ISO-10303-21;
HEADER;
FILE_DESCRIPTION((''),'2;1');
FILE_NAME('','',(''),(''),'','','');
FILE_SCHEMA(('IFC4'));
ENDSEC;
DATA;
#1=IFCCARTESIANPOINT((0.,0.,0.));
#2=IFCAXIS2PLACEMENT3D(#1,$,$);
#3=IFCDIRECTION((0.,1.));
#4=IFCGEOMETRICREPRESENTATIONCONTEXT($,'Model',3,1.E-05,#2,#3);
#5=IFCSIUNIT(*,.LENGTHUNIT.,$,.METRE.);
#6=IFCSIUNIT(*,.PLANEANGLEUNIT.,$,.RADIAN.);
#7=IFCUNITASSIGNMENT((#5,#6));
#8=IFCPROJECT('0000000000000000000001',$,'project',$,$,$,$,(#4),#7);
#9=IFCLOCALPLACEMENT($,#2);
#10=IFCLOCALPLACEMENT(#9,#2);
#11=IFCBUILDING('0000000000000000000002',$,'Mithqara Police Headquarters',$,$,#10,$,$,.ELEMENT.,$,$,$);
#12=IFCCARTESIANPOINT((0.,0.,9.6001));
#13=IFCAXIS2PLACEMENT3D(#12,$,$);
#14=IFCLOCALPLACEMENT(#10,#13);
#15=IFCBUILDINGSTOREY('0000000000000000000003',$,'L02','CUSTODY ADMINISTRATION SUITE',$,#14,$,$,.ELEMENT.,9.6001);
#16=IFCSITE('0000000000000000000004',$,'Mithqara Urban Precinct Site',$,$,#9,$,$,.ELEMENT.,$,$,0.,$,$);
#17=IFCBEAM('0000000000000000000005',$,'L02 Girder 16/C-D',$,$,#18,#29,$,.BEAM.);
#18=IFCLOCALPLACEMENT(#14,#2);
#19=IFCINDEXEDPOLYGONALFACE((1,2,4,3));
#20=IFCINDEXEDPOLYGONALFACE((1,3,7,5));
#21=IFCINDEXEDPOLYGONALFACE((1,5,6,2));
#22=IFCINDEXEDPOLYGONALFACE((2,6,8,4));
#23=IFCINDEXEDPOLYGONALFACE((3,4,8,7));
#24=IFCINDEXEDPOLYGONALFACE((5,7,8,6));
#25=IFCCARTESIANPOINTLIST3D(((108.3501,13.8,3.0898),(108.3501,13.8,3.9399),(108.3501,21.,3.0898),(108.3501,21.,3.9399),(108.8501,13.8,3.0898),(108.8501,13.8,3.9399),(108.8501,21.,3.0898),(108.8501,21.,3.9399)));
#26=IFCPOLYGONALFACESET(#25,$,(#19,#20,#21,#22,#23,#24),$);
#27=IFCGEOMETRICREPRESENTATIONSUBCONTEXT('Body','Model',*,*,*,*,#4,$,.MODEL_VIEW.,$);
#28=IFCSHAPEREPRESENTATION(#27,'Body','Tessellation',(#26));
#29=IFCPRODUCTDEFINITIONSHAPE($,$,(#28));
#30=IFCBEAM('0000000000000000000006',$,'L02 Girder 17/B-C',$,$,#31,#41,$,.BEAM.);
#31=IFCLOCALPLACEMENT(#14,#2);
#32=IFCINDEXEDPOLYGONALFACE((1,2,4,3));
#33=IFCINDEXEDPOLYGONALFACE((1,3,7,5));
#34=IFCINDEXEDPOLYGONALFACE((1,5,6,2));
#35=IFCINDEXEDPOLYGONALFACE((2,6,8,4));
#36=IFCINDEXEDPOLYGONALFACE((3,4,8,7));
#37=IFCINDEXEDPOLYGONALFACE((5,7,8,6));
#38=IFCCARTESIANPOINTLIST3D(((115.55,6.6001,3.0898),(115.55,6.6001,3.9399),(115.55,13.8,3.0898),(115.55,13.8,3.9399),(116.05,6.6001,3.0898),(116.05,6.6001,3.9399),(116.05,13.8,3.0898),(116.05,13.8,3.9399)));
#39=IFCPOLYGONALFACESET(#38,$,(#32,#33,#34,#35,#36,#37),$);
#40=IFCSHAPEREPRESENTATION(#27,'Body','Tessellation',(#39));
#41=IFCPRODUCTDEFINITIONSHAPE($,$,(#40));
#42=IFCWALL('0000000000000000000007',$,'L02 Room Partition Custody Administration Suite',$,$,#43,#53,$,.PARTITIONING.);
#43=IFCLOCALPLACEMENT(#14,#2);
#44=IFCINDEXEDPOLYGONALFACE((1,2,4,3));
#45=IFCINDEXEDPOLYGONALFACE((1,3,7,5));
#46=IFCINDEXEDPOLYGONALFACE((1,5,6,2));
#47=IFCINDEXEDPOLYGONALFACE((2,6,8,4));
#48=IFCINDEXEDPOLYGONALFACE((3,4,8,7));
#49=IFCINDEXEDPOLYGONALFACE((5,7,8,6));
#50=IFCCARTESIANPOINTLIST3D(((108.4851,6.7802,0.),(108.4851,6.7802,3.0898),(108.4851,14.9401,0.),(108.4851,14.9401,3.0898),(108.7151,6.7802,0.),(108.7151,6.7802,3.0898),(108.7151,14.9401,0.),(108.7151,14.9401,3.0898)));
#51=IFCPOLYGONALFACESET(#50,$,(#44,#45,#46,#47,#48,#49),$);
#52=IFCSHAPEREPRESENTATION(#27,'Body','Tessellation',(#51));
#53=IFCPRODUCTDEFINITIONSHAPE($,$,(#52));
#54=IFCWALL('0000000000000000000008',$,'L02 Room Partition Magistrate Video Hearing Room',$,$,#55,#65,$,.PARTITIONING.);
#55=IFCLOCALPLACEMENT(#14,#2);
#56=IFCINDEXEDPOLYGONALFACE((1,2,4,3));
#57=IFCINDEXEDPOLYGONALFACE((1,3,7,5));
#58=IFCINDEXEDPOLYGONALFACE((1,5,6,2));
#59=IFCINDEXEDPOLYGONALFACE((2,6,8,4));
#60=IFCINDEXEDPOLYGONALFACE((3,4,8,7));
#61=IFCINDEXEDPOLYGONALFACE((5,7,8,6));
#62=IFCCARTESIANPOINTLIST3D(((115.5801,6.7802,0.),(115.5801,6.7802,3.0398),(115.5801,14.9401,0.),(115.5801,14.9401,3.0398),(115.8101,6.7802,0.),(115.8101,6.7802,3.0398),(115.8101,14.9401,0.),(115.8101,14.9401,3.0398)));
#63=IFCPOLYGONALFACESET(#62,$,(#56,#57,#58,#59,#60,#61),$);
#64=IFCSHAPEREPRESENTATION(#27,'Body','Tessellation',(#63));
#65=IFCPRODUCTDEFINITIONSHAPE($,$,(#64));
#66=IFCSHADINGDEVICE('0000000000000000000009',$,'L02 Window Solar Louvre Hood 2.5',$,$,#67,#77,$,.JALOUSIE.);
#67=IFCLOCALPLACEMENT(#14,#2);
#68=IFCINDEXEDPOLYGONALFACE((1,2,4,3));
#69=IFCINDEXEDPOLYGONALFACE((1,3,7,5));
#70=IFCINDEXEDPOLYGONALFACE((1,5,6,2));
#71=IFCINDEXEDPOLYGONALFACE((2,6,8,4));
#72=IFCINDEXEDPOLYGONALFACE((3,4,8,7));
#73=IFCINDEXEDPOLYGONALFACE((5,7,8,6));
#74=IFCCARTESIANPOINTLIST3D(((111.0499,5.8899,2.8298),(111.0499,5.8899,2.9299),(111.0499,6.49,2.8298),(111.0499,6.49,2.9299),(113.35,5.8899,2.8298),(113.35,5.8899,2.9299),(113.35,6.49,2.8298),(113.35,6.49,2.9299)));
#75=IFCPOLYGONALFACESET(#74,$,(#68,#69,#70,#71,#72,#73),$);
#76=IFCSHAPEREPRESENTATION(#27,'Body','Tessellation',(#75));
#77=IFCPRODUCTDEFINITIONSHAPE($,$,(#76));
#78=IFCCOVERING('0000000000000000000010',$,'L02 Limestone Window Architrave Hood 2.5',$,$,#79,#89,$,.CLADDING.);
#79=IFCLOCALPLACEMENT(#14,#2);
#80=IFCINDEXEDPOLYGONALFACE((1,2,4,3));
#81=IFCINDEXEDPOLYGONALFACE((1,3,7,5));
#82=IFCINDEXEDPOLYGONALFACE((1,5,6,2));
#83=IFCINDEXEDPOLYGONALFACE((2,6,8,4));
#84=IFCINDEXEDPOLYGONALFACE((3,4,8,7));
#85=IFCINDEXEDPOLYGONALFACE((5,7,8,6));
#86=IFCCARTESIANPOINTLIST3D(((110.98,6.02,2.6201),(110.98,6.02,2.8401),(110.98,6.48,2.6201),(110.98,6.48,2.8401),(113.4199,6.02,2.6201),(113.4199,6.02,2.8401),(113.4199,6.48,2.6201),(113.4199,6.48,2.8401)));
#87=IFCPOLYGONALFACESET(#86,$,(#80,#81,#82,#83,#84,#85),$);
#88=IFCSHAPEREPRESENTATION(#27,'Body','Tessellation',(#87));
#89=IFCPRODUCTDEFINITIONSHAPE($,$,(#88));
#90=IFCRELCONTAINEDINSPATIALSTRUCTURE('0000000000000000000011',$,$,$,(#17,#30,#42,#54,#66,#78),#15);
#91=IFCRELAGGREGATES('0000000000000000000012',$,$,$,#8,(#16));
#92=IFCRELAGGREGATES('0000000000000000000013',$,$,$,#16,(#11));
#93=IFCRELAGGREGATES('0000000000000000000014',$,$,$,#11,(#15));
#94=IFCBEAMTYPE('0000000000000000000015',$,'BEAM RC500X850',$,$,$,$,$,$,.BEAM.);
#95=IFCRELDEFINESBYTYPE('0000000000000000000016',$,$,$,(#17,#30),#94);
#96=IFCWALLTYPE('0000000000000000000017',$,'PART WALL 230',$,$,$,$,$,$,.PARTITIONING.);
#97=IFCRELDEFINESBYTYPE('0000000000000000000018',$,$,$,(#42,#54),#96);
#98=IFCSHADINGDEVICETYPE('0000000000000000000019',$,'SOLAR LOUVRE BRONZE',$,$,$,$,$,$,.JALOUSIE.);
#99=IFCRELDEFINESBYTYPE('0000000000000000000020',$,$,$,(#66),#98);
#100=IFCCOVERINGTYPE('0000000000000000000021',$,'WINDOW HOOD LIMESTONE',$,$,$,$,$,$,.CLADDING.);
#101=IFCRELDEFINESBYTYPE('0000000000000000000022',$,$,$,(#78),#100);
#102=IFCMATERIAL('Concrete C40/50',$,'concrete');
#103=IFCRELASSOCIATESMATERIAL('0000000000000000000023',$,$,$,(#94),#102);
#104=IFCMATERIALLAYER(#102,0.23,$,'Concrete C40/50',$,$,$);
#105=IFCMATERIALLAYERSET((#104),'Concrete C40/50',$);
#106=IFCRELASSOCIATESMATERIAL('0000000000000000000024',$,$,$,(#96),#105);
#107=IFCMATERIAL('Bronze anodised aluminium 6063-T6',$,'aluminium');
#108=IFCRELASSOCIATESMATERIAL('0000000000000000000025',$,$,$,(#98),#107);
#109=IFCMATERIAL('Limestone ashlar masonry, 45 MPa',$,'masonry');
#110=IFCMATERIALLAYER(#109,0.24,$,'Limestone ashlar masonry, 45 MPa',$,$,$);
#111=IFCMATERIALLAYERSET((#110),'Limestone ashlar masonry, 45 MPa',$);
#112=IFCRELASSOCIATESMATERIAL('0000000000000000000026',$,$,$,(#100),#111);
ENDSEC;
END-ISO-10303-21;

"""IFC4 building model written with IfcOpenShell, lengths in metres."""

from ifc_helpers import new_model, si_unit, direction, frame, frame_2d, origin, origin_2d, place, context, subcontext, project, spatial, rectangle, extrude, material, layer, layer_set, material_profile, profile_set, type_object, element, save


model = new_model("IFC4")

# Units and contexts
model_context = context("Model", 3, precision=1e-05, world=origin(), true_north=direction((0.0, 1.0)))
body_context = subcontext(model_context, "Body", "Model", "MODEL_VIEW")
ifc_project = project(units=[si_unit("LENGTHUNIT", "METRE"), si_unit("PLANEANGLEUNIT", "RADIAN")], contexts=[model_context])

# Site, building, storey
site_placement = place(None, origin())
site = spatial("IfcSite", under=ifc_project, at=site_placement, Name="Mithqara Urban Precinct Site", CompositionType="ELEMENT", RefElevation=0.0)
building_placement = place(site_placement, origin())
building = spatial("IfcBuilding", under=site, at=building_placement, Name="Mithqara Police Headquarters", CompositionType="ELEMENT")
storey_placement = place(building_placement, frame((0.0, 0.0, 9.6001)))
storey = spatial("IfcBuildingStorey", under=building, at=storey_placement, Name="L02", Description="CUSTODY ADMINISTRATION SUITE", CompositionType="ELEMENT", Elevation=9.6001)

# Beams
ifc_material_1 = material(Name="Concrete C40/50", Category="concrete")
ifc_material_profile_1 = material_profile(ifc_material_1, rectangle(XDim=0.5, YDim=0.8501, at=origin_2d()), Name="RC 500x850")
ifc_profile_set_1 = profile_set([ifc_material_profile_1], Name="Concrete C40/50")
beam_type_1 = type_object("IfcBeamType", Name="BEAM RC500X850", PredefinedType="BEAM", material=ifc_profile_set_1)
for number, where, z_axis, x_axis, name in (
    (1, (108.6001, 13.8, 3.5149), (0.0, 1.0, 0.0), (-1.0, 0.0, 0.0), "L02 Girder 16/C-D"),
    (2, (115.8, 6.6001, 3.5149), (0.0, 1.0, 0.0), (-1.0, 0.0, 0.0), "L02 Girder 17/B-C"),
):
    element("IfcBeam", number, at=place(storey_placement, frame(where, z_axis=z_axis, x_axis=x_axis)), inside=storey, type_object=beam_type_1, Name=name, PredefinedType="BEAM", context=body_context, shape_type="SweptSolid", body=[
        extrude(rectangle(XDim=0.5, YDim=0.8501, at=origin_2d()), origin(), (0.0, 0.0, 1.0), 7.2),
    ])

# Walls
ifc_layer_1 = layer(ifc_material_1, 0.23, Name="Concrete C40/50")
ifc_layer_set_1 = layer_set([ifc_layer_1], Name="Concrete C40/50")
wall_type = type_object("IfcWallType", Name="PART WALL 230", PredefinedType="PARTITIONING", material=ifc_layer_set_1)
wall_1_placement = place(storey_placement, frame((108.6001, 6.78, 0.0), z_axis=(0.0, 0.0, 1.0), x_axis=(0.0, 1.0, 0.0)))
element("IfcWall", 3, at=wall_1_placement, inside=storey, type_object=wall_type, Name="L02 Room Partition Custody Administration Suite", PredefinedType="PARTITIONING", context=body_context, shape_type="SweptSolid", body=[
    extrude(rectangle(XDim=8.1599, YDim=0.23, at=frame_2d((4.0801, 0.0))), origin(), (0.0, 0.0, 1.0), 3.0898),
])
wall_2_placement = place(storey_placement, frame((115.6951, 6.78, 0.0), z_axis=(0.0, 0.0, 1.0), x_axis=(0.0, 1.0, 0.0)))
element("IfcWall", 4, at=wall_2_placement, inside=storey, type_object=wall_type, Name="L02 Room Partition Magistrate Video Hearing Room", PredefinedType="PARTITIONING", context=body_context, shape_type="SweptSolid", body=[
    extrude(rectangle(XDim=8.1599, YDim=0.23, at=frame_2d((4.0801, 0.0))), origin(), (0.0, 0.0, 1.0), 3.0398),
])

# Shading device
ifc_material_2 = material(Name="Bronze anodised aluminium 6063-T6", Category="aluminium")
shading_device_type = type_object("IfcShadingDeviceType", Name="SOLAR LOUVRE BRONZE", PredefinedType="JALOUSIE", material=ifc_material_2)
shading_device_placement = place(storey_placement, frame((112.2, 6.1899, 2.8298), z_axis=(0.0, 0.0, 1.0), x_axis=(1.0, 0.0, 0.0)))
element("IfcShadingDevice", 5, at=shading_device_placement, inside=storey, type_object=shading_device_type, Name="L02 Window Solar Louvre Hood 2.5", PredefinedType="JALOUSIE", context=body_context, shape_type="SweptSolid", body=[
    extrude(rectangle(XDim=2.3, YDim=0.6001, at=origin_2d()), origin(), (0.0, 0.0, 1.0), 0.1001),
])

# Covering
ifc_material_3 = material(Name="Limestone ashlar masonry, 45 MPa", Category="masonry")
ifc_layer_2 = layer(ifc_material_3, 0.24, Name="Limestone ashlar masonry, 45 MPa")
ifc_layer_set_2 = layer_set([ifc_layer_2], Name="Limestone ashlar masonry, 45 MPa")
covering_type = type_object("IfcCoveringType", Name="WINDOW HOOD LIMESTONE", PredefinedType="CLADDING", material=ifc_layer_set_2)
covering_placement = place(storey_placement, frame((112.2, 6.25, 2.6201), z_axis=(0.0, 0.0, 1.0), x_axis=(1.0, 0.0, 0.0)))
element("IfcCovering", 6, at=covering_placement, inside=storey, type_object=covering_type, Name="L02 Limestone Window Architrave Hood 2.5", PredefinedType="CLADDING", context=body_context, shape_type="SweptSolid", body=[
    extrude(rectangle(XDim=2.4399, YDim=0.46, at=origin_2d()), origin(), (0.0, 0.0, 1.0), 0.22),
])

save(model, "model.ifc")
